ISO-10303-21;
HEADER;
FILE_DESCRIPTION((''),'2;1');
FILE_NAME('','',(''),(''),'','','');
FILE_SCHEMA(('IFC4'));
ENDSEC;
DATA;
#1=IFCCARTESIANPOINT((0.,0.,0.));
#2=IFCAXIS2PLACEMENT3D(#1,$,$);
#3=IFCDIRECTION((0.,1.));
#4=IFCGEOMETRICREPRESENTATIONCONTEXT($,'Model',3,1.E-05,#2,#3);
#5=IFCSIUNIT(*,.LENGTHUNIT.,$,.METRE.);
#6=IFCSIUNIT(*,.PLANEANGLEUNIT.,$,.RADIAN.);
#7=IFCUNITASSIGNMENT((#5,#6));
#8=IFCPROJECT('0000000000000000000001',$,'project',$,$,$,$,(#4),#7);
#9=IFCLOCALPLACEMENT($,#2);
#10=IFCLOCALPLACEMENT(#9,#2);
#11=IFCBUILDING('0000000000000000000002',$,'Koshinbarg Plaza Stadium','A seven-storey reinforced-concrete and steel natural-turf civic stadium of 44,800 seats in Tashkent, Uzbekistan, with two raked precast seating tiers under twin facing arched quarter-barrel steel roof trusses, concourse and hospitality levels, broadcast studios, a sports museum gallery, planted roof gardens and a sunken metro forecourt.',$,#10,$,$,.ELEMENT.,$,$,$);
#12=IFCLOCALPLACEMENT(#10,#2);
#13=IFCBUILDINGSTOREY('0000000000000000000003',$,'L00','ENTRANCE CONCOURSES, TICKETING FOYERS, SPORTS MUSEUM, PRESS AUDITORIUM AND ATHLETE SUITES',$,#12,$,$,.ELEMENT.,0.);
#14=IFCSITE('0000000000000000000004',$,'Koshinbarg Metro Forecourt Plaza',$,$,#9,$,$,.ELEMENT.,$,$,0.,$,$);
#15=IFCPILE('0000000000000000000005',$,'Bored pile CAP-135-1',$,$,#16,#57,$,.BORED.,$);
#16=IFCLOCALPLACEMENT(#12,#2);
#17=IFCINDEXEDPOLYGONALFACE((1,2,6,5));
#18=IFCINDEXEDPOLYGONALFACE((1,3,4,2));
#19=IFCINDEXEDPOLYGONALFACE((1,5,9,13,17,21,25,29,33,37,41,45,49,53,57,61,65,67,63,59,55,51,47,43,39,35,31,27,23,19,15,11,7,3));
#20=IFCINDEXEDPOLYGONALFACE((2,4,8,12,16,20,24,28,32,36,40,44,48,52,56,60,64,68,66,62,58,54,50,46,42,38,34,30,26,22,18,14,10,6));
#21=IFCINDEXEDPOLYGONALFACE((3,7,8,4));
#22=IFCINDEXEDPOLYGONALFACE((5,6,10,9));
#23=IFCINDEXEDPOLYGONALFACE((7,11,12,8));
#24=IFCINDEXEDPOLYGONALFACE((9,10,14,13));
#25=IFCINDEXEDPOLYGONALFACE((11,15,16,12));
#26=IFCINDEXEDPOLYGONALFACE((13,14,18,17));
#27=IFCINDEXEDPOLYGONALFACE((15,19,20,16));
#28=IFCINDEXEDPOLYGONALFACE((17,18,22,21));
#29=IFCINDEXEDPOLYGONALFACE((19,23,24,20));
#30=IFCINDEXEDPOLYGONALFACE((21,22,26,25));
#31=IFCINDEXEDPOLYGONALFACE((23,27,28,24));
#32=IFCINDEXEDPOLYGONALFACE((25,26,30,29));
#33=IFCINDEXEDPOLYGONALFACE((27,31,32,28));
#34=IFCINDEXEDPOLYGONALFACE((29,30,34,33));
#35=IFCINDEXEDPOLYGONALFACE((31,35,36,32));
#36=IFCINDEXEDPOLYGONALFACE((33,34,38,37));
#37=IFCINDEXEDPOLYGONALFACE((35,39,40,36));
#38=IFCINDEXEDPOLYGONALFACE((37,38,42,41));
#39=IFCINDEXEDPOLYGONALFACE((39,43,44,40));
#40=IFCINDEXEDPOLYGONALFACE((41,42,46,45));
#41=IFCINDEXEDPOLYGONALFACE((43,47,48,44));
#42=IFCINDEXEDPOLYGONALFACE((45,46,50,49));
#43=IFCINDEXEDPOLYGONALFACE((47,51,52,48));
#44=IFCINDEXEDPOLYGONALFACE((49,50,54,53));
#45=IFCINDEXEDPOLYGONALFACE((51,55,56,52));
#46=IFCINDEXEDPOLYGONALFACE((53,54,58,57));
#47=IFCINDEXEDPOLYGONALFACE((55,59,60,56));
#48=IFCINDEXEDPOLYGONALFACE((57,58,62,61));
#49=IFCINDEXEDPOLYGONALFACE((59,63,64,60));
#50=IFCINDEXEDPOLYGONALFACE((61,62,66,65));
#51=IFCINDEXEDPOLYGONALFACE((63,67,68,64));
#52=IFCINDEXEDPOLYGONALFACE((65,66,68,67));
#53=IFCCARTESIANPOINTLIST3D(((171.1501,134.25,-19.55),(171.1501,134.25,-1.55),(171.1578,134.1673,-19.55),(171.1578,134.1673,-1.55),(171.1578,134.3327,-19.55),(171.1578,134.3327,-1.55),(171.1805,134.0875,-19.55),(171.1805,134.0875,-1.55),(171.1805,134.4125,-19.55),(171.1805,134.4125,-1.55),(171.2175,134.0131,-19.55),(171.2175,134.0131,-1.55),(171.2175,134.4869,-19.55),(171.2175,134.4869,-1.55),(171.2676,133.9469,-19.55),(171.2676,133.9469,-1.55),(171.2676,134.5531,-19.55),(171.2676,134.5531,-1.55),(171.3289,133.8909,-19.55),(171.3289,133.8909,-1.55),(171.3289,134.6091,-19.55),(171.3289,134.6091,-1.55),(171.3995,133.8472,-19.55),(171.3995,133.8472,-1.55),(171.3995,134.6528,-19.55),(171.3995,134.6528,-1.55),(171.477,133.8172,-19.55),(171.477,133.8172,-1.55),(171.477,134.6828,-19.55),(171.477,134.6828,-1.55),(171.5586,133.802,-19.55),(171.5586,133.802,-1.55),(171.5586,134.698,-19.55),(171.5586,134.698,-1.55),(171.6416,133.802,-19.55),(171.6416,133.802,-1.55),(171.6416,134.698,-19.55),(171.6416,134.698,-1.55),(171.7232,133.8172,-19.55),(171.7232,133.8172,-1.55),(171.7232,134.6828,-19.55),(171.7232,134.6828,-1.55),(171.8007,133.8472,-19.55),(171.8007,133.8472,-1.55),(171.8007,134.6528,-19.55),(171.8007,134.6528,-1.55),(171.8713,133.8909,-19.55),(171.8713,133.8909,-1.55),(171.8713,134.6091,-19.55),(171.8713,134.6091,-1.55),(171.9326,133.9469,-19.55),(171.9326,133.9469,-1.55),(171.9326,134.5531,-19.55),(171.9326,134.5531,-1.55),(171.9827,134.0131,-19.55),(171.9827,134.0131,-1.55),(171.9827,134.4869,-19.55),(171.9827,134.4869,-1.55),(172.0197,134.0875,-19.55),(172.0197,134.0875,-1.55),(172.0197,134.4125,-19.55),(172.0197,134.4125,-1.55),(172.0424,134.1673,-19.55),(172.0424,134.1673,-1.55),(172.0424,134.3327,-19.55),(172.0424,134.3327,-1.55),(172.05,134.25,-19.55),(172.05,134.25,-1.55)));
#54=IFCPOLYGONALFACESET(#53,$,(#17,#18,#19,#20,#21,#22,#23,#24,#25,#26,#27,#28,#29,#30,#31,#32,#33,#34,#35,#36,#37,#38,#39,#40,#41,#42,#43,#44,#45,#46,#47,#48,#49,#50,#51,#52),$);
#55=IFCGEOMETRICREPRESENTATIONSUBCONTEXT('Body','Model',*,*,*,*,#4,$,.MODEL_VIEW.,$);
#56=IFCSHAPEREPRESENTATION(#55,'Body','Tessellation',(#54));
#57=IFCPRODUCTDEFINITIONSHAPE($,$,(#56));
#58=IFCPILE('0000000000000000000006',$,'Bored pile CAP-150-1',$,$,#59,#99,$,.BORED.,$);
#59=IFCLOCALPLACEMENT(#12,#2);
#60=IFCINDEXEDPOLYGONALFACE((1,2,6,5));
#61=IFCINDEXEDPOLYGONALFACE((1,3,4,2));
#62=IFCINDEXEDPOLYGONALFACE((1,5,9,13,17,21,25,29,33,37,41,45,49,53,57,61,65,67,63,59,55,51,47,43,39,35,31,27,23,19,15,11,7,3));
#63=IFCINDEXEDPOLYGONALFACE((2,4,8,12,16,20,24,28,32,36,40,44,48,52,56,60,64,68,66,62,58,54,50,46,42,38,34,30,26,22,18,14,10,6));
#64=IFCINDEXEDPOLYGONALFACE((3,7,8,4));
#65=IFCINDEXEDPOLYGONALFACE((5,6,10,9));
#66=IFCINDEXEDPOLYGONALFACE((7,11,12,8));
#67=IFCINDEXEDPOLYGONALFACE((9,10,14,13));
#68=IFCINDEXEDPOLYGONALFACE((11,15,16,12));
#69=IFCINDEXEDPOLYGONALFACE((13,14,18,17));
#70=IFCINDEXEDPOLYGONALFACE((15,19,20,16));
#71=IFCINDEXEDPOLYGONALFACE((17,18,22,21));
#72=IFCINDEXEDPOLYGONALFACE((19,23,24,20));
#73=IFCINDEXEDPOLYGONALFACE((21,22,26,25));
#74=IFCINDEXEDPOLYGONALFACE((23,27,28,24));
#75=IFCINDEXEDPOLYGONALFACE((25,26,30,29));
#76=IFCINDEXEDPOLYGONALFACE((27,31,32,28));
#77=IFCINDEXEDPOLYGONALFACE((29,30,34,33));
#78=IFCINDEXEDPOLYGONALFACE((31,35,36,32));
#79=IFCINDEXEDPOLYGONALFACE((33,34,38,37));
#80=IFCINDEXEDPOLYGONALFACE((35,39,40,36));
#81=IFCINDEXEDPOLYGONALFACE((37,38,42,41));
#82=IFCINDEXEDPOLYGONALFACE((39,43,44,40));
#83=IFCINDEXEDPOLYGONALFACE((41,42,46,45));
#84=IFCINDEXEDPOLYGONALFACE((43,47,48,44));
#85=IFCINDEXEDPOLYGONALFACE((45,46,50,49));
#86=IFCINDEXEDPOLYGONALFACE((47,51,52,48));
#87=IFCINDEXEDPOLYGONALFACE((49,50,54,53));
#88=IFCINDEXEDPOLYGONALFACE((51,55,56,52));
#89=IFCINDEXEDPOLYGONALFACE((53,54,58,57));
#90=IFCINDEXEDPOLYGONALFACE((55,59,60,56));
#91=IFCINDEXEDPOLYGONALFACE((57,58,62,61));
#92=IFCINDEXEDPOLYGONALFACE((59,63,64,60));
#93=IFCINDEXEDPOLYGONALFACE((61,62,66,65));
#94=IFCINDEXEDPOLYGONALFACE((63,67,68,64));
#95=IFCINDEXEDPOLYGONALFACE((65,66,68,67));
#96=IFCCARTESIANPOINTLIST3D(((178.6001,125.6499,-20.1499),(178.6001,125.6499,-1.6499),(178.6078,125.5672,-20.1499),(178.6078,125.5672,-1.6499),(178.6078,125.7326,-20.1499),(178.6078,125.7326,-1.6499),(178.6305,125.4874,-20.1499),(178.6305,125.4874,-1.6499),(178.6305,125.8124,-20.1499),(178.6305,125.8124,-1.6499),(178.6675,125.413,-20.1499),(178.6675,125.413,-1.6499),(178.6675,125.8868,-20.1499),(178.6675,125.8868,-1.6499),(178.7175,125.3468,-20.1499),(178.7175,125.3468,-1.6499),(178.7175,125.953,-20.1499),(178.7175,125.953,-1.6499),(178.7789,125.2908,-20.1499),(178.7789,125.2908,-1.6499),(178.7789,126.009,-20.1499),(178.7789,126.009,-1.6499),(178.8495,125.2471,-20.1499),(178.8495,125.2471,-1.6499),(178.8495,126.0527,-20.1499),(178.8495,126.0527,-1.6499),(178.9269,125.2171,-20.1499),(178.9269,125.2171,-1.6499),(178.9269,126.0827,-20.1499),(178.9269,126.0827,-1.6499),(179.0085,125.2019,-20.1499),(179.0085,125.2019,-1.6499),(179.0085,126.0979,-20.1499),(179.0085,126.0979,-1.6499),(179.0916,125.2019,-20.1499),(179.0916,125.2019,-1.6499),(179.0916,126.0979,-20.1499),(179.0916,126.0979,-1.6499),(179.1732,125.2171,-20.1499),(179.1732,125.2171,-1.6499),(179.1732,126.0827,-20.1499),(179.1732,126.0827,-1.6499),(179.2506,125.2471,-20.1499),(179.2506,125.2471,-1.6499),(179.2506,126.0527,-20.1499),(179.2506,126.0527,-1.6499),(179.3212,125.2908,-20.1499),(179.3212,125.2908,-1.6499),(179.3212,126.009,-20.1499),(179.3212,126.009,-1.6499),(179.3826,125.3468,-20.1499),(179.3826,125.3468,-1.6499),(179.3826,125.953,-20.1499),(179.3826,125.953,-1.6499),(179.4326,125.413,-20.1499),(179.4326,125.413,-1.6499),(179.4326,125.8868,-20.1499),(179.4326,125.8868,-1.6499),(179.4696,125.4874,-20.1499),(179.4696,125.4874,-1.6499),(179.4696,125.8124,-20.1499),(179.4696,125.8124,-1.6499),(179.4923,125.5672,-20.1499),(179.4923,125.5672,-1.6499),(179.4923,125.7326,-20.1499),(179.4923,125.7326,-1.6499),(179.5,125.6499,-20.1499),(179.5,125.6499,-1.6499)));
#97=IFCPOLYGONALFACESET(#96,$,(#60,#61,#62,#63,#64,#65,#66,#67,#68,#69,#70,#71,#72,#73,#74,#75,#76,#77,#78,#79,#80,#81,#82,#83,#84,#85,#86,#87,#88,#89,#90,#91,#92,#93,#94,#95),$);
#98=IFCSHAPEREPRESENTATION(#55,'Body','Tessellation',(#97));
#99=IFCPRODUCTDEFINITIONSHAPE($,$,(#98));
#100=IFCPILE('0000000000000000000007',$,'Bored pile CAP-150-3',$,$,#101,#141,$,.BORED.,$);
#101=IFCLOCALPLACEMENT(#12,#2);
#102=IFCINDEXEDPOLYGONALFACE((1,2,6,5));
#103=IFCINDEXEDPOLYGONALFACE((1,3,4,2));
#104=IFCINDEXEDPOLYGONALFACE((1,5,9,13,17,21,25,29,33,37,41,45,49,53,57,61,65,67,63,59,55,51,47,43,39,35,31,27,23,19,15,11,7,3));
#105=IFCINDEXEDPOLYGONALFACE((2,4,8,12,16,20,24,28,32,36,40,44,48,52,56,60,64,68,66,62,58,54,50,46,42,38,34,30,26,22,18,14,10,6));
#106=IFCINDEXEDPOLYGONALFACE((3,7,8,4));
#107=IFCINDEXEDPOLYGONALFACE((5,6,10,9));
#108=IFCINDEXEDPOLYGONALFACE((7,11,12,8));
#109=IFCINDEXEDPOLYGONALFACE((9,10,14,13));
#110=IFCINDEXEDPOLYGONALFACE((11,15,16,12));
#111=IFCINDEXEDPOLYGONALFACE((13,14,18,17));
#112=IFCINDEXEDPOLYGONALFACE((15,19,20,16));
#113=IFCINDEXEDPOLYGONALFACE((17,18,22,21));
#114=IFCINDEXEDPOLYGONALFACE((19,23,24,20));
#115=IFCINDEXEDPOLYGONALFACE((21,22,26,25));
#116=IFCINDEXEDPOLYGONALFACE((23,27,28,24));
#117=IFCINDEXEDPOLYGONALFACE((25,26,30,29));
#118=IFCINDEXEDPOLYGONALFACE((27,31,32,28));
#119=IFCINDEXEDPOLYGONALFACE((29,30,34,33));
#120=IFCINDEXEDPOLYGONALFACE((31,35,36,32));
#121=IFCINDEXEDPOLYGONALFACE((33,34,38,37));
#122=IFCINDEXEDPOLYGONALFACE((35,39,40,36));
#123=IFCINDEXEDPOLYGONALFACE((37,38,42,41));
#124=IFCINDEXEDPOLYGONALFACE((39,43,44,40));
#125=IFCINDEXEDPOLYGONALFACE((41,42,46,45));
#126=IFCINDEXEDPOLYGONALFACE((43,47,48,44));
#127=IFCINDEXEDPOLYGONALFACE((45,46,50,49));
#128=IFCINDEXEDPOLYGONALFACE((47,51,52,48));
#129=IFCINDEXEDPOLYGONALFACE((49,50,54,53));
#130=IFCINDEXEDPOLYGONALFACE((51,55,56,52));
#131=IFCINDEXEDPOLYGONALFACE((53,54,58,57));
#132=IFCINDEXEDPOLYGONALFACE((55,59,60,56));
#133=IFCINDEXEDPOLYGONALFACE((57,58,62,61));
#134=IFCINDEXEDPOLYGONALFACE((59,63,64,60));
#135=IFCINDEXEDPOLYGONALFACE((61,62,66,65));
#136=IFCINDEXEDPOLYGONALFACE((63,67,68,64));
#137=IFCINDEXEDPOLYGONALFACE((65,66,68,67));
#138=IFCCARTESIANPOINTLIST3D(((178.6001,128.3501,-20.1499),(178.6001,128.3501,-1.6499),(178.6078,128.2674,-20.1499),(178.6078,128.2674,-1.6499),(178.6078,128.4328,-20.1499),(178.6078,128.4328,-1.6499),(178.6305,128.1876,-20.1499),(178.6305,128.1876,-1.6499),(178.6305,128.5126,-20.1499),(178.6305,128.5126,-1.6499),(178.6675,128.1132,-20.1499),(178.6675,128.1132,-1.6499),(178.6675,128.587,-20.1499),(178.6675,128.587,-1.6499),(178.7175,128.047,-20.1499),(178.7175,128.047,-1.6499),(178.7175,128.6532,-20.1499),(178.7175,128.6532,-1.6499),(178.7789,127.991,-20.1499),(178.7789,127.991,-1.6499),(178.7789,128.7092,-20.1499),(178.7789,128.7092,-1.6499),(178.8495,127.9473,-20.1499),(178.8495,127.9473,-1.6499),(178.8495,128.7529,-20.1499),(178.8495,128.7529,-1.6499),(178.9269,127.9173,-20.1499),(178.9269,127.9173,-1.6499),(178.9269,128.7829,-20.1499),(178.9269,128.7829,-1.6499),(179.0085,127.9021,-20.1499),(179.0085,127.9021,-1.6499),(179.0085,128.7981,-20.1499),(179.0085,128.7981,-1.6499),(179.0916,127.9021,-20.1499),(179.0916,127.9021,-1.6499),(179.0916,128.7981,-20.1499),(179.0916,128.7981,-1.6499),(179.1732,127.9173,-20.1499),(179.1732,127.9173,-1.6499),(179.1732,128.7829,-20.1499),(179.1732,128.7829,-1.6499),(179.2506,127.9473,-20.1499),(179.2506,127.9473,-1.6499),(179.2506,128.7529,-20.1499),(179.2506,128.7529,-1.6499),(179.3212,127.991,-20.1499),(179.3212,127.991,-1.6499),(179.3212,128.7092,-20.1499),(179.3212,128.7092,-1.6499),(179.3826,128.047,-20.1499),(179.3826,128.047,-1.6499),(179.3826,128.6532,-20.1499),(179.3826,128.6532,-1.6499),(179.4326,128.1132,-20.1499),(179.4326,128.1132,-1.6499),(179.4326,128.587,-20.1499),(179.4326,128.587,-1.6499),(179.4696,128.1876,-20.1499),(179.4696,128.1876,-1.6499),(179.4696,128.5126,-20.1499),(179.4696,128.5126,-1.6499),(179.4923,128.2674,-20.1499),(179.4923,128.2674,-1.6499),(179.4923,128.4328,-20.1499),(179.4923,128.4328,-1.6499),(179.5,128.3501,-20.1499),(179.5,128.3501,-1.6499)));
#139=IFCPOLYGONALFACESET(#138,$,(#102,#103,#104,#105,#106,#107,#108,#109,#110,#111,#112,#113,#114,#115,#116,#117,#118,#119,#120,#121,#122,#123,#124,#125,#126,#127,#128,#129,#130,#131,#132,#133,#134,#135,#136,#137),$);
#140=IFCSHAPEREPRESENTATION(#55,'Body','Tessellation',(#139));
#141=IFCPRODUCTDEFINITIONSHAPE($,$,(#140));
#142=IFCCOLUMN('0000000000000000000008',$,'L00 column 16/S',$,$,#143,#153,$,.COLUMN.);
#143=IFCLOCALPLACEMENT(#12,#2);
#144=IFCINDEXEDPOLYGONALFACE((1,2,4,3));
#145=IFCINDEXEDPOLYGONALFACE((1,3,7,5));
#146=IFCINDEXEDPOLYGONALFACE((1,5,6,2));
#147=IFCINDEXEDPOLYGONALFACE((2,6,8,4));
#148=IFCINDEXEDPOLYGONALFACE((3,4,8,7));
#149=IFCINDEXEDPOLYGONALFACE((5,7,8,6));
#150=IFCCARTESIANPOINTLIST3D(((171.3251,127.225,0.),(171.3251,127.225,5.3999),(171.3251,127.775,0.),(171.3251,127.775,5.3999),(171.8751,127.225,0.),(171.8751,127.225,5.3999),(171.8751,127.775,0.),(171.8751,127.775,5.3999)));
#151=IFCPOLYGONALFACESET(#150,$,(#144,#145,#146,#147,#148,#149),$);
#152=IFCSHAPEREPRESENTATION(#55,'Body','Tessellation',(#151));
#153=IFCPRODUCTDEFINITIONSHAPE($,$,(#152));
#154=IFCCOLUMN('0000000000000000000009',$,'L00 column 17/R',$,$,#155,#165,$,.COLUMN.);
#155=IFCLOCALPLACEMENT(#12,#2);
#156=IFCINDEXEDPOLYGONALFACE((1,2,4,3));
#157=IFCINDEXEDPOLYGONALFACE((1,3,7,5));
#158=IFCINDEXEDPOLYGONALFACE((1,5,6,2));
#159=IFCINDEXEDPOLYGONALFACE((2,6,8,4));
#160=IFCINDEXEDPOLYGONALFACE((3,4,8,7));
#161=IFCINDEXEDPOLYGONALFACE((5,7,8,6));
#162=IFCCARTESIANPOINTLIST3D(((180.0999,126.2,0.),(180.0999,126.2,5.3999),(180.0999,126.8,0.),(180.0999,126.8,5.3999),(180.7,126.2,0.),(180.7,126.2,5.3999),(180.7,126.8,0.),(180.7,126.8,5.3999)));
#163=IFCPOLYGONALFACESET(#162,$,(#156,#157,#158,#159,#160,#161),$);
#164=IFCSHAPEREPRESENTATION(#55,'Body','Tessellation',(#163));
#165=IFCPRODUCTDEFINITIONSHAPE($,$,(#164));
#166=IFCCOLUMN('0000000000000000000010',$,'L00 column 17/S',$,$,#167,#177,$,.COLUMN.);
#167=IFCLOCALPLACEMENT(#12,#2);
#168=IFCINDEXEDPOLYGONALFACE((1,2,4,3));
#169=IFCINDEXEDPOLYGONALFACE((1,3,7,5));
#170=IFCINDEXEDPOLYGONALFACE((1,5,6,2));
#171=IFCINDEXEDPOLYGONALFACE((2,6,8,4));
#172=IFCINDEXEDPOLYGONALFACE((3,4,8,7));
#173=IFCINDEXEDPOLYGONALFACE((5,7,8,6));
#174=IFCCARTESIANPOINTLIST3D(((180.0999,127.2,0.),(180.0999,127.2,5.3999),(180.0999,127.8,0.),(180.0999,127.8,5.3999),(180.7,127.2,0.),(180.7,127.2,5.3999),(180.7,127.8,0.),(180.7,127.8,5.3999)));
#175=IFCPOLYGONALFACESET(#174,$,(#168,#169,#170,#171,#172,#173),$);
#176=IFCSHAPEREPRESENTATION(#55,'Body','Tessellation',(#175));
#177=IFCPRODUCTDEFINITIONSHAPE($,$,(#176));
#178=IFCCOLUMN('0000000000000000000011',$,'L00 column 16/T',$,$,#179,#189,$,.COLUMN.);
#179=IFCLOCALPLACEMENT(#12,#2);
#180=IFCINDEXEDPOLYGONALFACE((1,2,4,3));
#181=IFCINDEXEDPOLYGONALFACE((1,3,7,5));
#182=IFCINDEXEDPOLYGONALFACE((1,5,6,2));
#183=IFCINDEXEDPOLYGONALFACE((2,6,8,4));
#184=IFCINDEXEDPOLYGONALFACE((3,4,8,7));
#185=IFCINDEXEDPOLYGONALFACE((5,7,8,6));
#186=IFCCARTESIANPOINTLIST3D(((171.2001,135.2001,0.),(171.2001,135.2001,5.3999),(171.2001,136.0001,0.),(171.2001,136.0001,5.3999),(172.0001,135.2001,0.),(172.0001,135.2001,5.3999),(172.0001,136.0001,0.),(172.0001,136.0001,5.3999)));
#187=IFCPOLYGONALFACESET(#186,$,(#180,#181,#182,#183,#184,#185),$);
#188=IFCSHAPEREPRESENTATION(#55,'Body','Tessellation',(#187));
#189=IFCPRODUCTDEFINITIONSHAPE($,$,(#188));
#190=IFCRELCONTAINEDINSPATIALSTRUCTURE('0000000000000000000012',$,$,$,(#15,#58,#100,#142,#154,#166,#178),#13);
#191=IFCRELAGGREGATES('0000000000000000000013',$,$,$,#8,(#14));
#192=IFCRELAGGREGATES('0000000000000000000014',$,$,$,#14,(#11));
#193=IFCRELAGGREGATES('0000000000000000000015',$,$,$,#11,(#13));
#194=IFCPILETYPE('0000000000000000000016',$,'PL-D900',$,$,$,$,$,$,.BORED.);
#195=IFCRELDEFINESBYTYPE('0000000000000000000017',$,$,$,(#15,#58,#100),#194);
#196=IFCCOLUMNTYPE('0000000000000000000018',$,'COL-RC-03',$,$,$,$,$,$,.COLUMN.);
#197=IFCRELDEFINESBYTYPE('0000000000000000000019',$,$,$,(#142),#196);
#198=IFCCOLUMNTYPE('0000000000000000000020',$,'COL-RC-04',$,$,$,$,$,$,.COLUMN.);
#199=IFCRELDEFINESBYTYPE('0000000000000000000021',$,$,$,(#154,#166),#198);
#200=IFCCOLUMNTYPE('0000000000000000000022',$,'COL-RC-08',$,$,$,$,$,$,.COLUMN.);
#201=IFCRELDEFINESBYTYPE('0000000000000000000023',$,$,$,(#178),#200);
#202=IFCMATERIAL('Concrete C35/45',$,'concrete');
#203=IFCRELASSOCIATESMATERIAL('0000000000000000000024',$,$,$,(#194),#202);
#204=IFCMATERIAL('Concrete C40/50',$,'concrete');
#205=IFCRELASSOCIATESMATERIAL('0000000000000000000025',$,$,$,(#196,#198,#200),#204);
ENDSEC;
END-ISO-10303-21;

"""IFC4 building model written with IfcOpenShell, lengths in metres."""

from ifc_helpers import new_model, si_unit, direction, frame, origin, origin_2d, place, context, subcontext, project, spatial, rectangle, circle, extrude, material, material_profile, profile_set, type_object, element, save


model = new_model("IFC4")

# Units and contexts
model_context = context("Model", 3, precision=1e-05, world=origin(), true_north=direction((0.0, 1.0)))
body_context = subcontext(model_context, "Body", "Model", "MODEL_VIEW")
ifc_project = project(units=[si_unit("LENGTHUNIT", "METRE"), si_unit("PLANEANGLEUNIT", "RADIAN")], contexts=[model_context])

# Site, building, storey
site_placement = place(None, origin())
site = spatial("IfcSite", under=ifc_project, at=site_placement, Name="Koshinbarg Metro Forecourt Plaza", CompositionType="ELEMENT", RefElevation=0.0)
building_placement = place(site_placement, origin())
building = spatial("IfcBuilding", under=site, at=building_placement, Name="Koshinbarg Plaza Stadium", Description="A seven-storey reinforced-concrete and steel natural-turf civic stadium of 44,800 seats in Tashkent, Uzbekistan, with two raked precast seating tiers under twin facing arched quarter-barrel steel roof trusses, concourse and hospitality levels, broadcast studios, a sports museum gallery, planted roof gardens and a sunken metro forecourt.", CompositionType="ELEMENT")
storey_placement = place(building_placement, origin())
storey = spatial("IfcBuildingStorey", under=building, at=storey_placement, Name="L00", Description="ENTRANCE CONCOURSES, TICKETING FOYERS, SPORTS MUSEUM, PRESS AUDITORIUM AND ATHLETE SUITES", CompositionType="ELEMENT", Elevation=0.0)

# Shared definitions
ifc_material_1 = material(Name="Concrete C35/45", Category="concrete")

# Piles
ifc_material_profile_1 = material_profile(ifc_material_1, circle(Radius=0.45, at=origin_2d()), Name="PILE D900")
ifc_profile_set_1 = profile_set([ifc_material_profile_1], Name="Concrete C35/45")
pile_type_1 = type_object("IfcPileType", Name="PL-D900", PredefinedType="BORED", material=ifc_profile_set_1)
pile_placement = place(storey_placement, frame((171.6001, 134.25, -1.55), z_axis=(0.0, 0.0, -1.0), x_axis=(1.0, 0.0, 0.0)))
element("IfcPile", 1, at=pile_placement, inside=storey, type_object=pile_type_1, Name="Bored pile CAP-135-1", PredefinedType="BORED", context=body_context, shape_type="SweptSolid", body=[
    extrude(circle(Radius=0.45, at=origin_2d()), origin(), (0.0, 0.0, 1.0), 18.0),
])
for number, where, z_axis, x_axis, name in (
    (2, (179.05, 125.6499, -1.6499), (0.0, 0.0, -1.0), (1.0, 0.0, 0.0), "Bored pile CAP-150-1"),
    (3, (179.05, 128.3501, -1.6499), (0.0, 0.0, -1.0), (1.0, 0.0, 0.0), "Bored pile CAP-150-3"),
):
    element("IfcPile", number, at=place(storey_placement, frame(where, z_axis=z_axis, x_axis=x_axis)), inside=storey, type_object=pile_type_1, Name=name, PredefinedType="BORED", context=body_context, shape_type="SweptSolid", body=[
        extrude(circle(Radius=0.45, at=origin_2d()), origin(), (0.0, 0.0, 1.0), 18.5),
    ])

# Columns
ifc_material_2 = material(Name="Concrete C40/50", Category="concrete")
ifc_material_profile_2 = material_profile(ifc_material_2, rectangle(XDim=0.55, YDim=0.55, at=origin_2d()), Name="RC 550x550")
ifc_profile_set_2 = profile_set([ifc_material_profile_2], Name="Concrete C40/50")
column_type_1 = type_object("IfcColumnType", Name="COL-RC-03", PredefinedType="COLUMN", material=ifc_profile_set_2)
column_1_placement = place(storey_placement, frame((171.6001, 127.5, 0.0), z_axis=(0.0, 0.0, 1.0), x_axis=(1.0, 0.0, 0.0)))
element("IfcColumn", 4, at=column_1_placement, inside=storey, type_object=column_type_1, Name="L00 column 16/S", PredefinedType="COLUMN", context=body_context, shape_type="SweptSolid", body=[
    extrude(rectangle(XDim=0.55, YDim=0.55, at=origin_2d()), origin(), (0.0, 0.0, 1.0), 5.3999),
])
ifc_material_profile_3 = material_profile(ifc_material_2, rectangle(XDim=0.6001, YDim=0.6001, at=origin_2d()), Name="RC 600x600")
ifc_profile_set_3 = profile_set([ifc_material_profile_3], Name="Concrete C40/50")
column_type_2 = type_object("IfcColumnType", Name="COL-RC-04", PredefinedType="COLUMN", material=ifc_profile_set_3)
for number, where, z_axis, x_axis, name in (
    (5, (180.3999, 126.5, 0.0), (0.0, 0.0, 1.0), (1.0, 0.0, 0.0), "L00 column 17/R"),
    (6, (180.3999, 127.5, 0.0), (0.0, 0.0, 1.0), (1.0, 0.0, 0.0), "L00 column 17/S"),
):
    element("IfcColumn", number, at=place(storey_placement, frame(where, z_axis=z_axis, x_axis=x_axis)), inside=storey, type_object=column_type_2, Name=name, PredefinedType="COLUMN", context=body_context, shape_type="SweptSolid", body=[
        extrude(rectangle(XDim=0.6001, YDim=0.6001, at=origin_2d()), origin(), (0.0, 0.0, 1.0), 5.3999),
    ])
ifc_material_profile_4 = material_profile(ifc_material_2, rectangle(XDim=0.8, YDim=0.8, at=origin_2d()), Name="RC 800x800")
ifc_profile_set_4 = profile_set([ifc_material_profile_4], Name="Concrete C40/50")
column_type_3 = type_object("IfcColumnType", Name="COL-RC-08", PredefinedType="COLUMN", material=ifc_profile_set_4)
column_2_placement = place(storey_placement, frame((171.6001, 135.6001, 0.0), z_axis=(0.0, 0.0, 1.0), x_axis=(1.0, 0.0, 0.0)))
element("IfcColumn", 7, at=column_2_placement, inside=storey, type_object=column_type_3, Name="L00 column 16/T", PredefinedType="COLUMN", context=body_context, shape_type="SweptSolid", body=[
    extrude(rectangle(XDim=0.8, YDim=0.8, at=origin_2d()), origin(), (0.0, 0.0, 1.0), 5.3999),
])

save(model, "model.ifc")
